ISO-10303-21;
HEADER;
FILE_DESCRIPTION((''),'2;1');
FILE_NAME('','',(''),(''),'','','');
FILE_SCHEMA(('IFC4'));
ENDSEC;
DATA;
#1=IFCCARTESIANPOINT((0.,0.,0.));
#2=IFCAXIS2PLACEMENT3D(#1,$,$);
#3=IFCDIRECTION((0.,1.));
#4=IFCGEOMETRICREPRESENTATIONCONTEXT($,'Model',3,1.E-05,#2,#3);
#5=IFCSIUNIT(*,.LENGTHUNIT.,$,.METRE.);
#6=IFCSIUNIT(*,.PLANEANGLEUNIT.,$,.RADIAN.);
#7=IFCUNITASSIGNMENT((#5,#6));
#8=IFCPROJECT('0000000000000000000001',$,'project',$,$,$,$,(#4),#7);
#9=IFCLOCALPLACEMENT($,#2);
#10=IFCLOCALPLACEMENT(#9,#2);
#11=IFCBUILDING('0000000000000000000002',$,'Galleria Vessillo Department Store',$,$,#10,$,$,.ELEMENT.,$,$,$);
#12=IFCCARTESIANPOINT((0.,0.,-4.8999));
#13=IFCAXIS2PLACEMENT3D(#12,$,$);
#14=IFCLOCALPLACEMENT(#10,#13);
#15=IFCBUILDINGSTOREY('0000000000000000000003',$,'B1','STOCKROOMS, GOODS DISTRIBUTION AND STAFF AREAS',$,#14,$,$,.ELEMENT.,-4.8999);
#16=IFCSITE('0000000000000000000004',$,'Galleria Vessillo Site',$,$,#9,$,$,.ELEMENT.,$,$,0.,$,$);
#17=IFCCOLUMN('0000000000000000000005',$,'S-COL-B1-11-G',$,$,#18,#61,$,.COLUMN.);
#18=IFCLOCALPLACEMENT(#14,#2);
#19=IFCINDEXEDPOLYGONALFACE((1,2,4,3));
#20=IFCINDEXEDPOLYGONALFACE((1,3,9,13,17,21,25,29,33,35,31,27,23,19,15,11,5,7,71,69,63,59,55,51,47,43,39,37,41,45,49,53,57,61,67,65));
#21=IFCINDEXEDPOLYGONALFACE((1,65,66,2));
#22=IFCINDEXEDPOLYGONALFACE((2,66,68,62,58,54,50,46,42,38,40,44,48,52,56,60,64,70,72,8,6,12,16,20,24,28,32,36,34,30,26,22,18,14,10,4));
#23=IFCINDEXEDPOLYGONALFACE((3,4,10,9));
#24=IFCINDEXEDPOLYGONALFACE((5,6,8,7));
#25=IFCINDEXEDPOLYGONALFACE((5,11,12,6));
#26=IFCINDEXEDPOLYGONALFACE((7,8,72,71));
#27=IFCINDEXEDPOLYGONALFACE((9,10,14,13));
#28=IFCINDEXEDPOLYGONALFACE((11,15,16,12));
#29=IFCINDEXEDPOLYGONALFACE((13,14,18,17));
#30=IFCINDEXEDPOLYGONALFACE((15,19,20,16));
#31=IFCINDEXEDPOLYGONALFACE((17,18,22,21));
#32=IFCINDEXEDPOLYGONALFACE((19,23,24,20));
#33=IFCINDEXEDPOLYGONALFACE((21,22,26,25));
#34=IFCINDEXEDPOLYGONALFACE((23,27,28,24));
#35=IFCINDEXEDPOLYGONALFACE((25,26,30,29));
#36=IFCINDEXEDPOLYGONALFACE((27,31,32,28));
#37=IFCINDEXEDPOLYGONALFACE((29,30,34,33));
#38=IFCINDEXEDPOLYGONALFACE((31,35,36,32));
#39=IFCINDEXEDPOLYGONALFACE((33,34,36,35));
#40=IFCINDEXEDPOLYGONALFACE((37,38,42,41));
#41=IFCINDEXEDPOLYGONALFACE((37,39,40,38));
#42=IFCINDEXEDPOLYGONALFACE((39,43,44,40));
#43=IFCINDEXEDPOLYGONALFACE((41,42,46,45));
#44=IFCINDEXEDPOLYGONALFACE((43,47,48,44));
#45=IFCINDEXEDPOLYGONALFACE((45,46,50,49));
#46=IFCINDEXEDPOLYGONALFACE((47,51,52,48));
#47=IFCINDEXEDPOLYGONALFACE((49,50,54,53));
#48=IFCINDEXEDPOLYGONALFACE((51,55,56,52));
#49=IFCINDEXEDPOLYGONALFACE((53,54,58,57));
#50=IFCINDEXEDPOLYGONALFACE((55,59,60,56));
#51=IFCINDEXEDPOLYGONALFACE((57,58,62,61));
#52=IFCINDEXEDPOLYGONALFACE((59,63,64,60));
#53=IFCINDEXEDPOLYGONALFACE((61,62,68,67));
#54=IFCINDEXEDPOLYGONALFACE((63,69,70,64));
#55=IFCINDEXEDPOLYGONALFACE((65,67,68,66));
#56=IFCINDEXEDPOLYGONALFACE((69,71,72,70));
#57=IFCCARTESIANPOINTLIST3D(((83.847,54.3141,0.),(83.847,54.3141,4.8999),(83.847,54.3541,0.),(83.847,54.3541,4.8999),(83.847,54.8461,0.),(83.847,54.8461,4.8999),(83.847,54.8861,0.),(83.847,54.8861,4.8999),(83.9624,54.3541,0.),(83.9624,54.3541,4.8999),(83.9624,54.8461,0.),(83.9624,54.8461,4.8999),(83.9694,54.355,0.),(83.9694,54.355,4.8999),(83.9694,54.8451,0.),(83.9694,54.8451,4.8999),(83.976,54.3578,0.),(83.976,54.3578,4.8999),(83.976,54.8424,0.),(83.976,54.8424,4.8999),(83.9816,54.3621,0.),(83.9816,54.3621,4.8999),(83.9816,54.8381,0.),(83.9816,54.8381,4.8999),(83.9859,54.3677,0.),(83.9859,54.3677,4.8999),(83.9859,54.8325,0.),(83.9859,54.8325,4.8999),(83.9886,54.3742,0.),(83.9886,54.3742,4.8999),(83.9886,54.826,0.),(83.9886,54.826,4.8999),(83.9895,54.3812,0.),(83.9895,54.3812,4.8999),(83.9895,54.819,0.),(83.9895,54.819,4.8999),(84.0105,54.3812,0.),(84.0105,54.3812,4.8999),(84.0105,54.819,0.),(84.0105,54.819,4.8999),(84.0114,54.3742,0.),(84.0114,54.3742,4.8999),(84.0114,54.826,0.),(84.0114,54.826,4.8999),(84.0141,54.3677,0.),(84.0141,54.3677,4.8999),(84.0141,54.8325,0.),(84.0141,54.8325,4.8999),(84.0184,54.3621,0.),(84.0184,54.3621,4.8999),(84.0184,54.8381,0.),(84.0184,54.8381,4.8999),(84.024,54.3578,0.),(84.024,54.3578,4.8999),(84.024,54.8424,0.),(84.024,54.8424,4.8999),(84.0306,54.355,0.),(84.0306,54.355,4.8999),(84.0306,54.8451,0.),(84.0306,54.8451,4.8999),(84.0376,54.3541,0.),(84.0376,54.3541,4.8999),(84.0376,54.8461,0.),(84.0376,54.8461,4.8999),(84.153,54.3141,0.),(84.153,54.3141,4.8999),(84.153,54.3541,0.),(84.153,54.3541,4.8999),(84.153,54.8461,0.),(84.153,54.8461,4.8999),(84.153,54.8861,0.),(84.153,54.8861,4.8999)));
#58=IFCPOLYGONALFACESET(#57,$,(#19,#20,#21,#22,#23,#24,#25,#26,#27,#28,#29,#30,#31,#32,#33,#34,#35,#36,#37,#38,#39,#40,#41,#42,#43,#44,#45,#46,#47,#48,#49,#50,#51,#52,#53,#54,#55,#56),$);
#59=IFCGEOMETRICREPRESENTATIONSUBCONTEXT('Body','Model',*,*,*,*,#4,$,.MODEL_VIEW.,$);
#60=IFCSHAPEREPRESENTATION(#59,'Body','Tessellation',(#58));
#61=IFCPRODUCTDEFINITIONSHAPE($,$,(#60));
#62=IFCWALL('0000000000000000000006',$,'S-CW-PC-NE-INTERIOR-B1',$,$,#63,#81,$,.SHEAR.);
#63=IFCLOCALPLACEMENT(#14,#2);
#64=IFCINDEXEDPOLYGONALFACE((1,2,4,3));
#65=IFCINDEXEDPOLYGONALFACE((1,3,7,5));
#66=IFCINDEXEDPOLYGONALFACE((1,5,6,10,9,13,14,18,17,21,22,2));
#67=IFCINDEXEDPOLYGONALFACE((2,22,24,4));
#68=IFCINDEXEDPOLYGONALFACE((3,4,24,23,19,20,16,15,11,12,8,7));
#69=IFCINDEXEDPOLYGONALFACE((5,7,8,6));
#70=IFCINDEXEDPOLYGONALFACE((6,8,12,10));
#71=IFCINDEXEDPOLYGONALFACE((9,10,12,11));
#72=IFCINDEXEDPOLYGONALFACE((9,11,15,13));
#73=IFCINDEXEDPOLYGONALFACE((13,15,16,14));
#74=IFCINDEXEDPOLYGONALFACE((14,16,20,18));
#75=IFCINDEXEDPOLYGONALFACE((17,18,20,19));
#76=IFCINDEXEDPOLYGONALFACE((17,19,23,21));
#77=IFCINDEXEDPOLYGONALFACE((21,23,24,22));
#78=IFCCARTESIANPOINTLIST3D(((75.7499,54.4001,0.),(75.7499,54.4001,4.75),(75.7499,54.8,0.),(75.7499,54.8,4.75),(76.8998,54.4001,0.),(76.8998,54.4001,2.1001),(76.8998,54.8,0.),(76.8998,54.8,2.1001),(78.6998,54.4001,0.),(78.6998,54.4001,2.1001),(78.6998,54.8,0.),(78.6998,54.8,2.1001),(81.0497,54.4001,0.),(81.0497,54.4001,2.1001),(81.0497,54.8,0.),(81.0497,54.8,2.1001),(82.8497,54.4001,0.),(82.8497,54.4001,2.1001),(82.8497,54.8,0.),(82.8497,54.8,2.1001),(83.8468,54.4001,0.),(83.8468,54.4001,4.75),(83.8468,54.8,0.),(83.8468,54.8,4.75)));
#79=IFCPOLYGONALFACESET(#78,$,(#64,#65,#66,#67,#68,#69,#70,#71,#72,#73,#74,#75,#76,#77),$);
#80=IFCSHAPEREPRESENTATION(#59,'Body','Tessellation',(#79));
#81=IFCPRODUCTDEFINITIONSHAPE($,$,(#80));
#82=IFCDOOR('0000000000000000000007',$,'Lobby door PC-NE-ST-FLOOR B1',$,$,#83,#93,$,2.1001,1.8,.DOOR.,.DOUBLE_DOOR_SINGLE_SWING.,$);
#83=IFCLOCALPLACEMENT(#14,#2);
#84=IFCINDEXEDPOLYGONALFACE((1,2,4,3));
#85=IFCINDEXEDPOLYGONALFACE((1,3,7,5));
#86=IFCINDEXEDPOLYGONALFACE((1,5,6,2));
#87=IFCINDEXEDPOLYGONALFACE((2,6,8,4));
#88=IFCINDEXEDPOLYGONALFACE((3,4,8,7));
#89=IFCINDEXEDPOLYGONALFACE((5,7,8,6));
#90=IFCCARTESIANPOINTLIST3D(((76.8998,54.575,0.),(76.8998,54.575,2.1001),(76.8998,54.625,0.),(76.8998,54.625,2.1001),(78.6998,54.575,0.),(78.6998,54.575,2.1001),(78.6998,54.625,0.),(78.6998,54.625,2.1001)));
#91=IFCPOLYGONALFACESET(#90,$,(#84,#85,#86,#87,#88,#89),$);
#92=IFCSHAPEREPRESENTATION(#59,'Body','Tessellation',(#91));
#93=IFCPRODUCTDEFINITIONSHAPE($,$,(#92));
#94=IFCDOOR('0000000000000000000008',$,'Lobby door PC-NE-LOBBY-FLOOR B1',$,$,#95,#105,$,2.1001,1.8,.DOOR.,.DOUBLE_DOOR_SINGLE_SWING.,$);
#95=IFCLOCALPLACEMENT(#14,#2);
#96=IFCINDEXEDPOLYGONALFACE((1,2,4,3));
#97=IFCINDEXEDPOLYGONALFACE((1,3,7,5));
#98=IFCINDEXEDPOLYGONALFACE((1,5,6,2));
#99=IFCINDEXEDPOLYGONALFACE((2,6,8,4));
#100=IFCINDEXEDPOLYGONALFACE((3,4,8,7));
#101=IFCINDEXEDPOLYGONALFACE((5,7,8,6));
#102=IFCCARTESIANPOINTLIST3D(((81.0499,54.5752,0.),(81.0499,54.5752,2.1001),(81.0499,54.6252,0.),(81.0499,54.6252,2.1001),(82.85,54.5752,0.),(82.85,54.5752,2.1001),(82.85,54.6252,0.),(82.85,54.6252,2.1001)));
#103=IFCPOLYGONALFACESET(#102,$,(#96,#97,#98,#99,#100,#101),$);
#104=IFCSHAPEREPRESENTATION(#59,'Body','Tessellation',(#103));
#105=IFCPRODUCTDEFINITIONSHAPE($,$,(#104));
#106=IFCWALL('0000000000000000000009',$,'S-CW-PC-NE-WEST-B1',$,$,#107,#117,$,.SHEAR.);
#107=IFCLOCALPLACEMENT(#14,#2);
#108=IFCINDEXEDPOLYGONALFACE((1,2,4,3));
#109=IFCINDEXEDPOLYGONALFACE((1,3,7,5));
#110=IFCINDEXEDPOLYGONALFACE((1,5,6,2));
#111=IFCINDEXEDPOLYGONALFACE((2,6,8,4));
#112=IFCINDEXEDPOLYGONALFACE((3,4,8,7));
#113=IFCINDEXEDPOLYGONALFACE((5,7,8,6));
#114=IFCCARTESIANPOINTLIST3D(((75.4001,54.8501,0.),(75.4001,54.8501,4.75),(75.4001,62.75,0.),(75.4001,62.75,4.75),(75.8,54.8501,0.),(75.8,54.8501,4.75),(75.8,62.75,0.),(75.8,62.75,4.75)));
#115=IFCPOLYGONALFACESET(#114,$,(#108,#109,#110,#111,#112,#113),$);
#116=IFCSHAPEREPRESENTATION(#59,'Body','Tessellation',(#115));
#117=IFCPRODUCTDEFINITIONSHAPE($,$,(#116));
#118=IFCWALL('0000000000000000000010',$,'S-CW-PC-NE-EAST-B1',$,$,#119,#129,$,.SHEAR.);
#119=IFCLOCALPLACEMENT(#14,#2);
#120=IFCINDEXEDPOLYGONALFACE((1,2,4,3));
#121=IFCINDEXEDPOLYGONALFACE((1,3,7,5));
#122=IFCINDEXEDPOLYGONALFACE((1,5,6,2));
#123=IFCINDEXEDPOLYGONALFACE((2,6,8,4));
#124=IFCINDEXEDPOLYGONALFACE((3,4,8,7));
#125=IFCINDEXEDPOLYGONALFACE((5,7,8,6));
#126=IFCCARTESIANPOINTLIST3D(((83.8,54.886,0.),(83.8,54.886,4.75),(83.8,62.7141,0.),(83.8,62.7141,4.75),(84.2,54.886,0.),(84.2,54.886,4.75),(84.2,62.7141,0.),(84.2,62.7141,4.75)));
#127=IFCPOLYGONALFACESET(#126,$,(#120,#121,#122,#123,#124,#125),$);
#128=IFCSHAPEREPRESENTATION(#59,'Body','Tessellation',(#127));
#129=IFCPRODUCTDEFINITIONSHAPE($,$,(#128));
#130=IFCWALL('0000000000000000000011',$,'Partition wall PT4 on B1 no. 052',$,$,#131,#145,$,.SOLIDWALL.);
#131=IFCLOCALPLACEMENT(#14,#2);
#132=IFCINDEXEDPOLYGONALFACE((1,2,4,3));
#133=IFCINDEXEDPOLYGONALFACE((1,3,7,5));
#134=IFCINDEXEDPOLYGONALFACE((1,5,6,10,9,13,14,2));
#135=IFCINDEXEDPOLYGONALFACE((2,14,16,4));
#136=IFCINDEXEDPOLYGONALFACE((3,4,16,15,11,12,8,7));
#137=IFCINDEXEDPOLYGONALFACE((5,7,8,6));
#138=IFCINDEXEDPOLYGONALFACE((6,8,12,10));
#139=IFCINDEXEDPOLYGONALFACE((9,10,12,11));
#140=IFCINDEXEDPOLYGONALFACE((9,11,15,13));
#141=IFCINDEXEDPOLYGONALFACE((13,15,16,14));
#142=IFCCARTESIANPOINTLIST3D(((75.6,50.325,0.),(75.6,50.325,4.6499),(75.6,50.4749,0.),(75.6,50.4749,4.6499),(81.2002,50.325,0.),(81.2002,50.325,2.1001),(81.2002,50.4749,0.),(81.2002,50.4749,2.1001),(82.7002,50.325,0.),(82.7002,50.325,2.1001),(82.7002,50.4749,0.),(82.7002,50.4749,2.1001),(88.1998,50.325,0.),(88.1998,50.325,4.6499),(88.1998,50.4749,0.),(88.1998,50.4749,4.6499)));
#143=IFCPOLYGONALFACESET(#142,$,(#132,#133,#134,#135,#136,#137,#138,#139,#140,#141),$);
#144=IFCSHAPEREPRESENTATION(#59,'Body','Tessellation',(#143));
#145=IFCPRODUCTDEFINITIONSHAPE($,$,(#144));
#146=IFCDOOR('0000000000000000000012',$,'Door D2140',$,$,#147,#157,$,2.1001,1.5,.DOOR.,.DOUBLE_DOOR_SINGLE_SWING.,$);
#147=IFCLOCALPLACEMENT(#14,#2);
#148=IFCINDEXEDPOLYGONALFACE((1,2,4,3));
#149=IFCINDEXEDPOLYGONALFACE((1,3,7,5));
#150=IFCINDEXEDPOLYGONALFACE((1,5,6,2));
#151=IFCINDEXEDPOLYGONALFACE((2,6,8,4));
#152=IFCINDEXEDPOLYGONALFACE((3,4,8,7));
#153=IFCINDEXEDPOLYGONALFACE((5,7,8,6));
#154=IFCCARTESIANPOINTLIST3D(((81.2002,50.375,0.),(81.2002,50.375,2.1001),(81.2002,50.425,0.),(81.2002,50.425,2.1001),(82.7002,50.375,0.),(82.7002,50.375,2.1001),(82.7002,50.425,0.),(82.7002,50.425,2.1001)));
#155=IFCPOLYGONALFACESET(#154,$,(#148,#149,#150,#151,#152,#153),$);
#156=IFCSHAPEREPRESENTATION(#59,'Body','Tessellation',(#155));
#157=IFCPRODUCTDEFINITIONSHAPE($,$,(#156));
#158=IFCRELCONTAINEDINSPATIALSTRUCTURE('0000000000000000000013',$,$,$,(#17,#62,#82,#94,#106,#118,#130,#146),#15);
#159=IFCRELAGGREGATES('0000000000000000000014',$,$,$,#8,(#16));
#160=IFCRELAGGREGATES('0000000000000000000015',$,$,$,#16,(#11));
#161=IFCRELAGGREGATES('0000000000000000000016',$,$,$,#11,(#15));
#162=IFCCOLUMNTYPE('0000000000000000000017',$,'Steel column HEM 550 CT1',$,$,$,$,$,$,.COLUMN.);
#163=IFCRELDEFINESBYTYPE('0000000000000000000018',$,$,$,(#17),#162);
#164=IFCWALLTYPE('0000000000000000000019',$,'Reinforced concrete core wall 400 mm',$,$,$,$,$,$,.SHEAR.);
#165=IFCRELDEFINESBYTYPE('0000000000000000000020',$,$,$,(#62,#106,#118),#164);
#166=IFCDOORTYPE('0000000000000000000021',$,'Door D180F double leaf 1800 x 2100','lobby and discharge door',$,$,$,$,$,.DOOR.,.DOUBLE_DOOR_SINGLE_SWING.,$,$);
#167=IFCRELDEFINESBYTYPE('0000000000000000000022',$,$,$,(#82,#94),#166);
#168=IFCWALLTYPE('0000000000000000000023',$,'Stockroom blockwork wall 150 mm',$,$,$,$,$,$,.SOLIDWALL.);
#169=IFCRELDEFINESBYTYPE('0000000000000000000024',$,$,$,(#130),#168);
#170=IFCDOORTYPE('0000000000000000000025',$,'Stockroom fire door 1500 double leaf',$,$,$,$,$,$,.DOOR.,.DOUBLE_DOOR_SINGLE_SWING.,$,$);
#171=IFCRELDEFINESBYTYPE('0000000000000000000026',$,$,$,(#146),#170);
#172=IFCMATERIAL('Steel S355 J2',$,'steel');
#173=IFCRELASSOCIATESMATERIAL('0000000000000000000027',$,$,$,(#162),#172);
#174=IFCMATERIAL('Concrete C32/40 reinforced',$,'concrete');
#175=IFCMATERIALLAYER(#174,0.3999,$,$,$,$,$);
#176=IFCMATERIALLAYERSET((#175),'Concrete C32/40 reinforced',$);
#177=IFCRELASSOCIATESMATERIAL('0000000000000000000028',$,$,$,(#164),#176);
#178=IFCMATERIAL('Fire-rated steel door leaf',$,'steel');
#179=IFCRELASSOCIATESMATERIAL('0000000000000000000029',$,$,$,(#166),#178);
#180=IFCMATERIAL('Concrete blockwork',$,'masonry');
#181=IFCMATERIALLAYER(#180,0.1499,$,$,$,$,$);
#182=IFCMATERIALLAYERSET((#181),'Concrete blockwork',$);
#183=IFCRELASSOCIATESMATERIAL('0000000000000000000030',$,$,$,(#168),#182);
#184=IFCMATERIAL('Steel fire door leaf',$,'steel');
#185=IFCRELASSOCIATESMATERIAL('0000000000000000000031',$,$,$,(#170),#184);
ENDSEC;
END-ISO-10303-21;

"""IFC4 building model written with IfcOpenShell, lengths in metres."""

from ifc_helpers import new_model, si_unit, direction, frame, frame_2d, origin, origin_2d, place, context, subcontext, project, spatial, rectangle, i_section, extrude, material, layer, layer_set, material_profile, profile_set, type_object, element, fill, save


model = new_model("IFC4")

# Units and contexts
model_context = context("Model", 3, precision=1e-05, world=origin(), true_north=direction((0.0, 1.0)))
body_context = subcontext(model_context, "Body", "Model", "MODEL_VIEW")
ifc_project = project(units=[si_unit("LENGTHUNIT", "METRE"), si_unit("PLANEANGLEUNIT", "RADIAN")], contexts=[model_context])

# Site, building, storey
site_placement = place(None, origin())
site = spatial("IfcSite", under=ifc_project, at=site_placement, Name="Galleria Vessillo Site", CompositionType="ELEMENT", RefElevation=0.0)
building_placement = place(site_placement, origin())
building = spatial("IfcBuilding", under=site, at=building_placement, Name="Galleria Vessillo Department Store", CompositionType="ELEMENT")
storey_placement = place(building_placement, frame((0.0, 0.0, -4.8999)))
storey = spatial("IfcBuildingStorey", under=building, at=storey_placement, Name="B1", Description="STOCKROOMS, GOODS DISTRIBUTION AND STAFF AREAS", CompositionType="ELEMENT", Elevation=-4.8999)

# Column
ifc_material_1 = material(Name="Steel S355 J2", Category="steel")
ifc_material_profile_1 = material_profile(ifc_material_1, i_section(OverallWidth=0.3059, OverallDepth=0.572, WebThickness=0.021, FlangeThickness=0.04, FilletRadius=0.0271, at=origin_2d()), Name="HEM 550")
ifc_profile_set_1 = profile_set([ifc_material_profile_1], Name="Steel S355 J2")
column_type_1 = type_object("IfcColumnType", Name="Steel column HEM 550 CT1", PredefinedType="COLUMN", material=ifc_profile_set_1)
for number, where, z_axis, x_axis, name in (
    (1, (84.0, 54.6001, 0.0), (0.0, 0.0, 1.0), (1.0, 0.0, 0.0), "S-COL-B1-11-G"),
):
    element("IfcColumn", number, at=place(storey_placement, frame(where, z_axis=z_axis, x_axis=x_axis)), inside=storey, type_object=column_type_1, Name=name, PredefinedType="COLUMN", context=body_context, shape_type="SweptSolid", body=[
        extrude(i_section(OverallWidth=0.3059, OverallDepth=0.572, WebThickness=0.021, FlangeThickness=0.04, FilletRadius=0.0271, at=origin_2d()), origin(), (0.0, 0.0, 1.0), 4.8999),
    ])

# Wall, openings, doors
ifc_material_2 = material(Name="Concrete C32/40 reinforced", Category="concrete")
ifc_layer_1 = layer(ifc_material_2, 0.3999)
ifc_layer_set_1 = layer_set([ifc_layer_1], Name="Concrete C32/40 reinforced")
wall_type_1 = type_object("IfcWallType", Name="Reinforced concrete core wall 400 mm", PredefinedType="SHEAR", material=ifc_layer_set_1)
wall_1_placement = place(storey_placement, frame((75.75, 54.6001, 0.0), z_axis=(0.0, 0.0, 1.0), x_axis=(1.0, 0.0, 0.0)))
wall_1 = element("IfcWall", 2, at=wall_1_placement, inside=storey, type_object=wall_type_1, Name="S-CW-PC-NE-INTERIOR-B1", PredefinedType="SHEAR", context=body_context, shape_type="SweptSolid", body=[
    extrude(rectangle(XDim=8.0969, YDim=0.3999, at=frame_2d((4.0483, 0.0))), origin(), (0.0, 0.0, 1.0), 4.75),
])
opening_1_placement = place(wall_1_placement, frame((1.1499, 0.0, 0.0)))
opening_1 = element("IfcOpeningElement", 3, at=opening_1_placement, cuts=wall_1, PredefinedType="OPENING", context=body_context, shape_type="SweptSolid", body=[
    extrude(rectangle(XDim=1.8, YDim=2.1001, at=frame_2d((0.8999, 1.05))), frame((0.0, 0.21, 0.0), z_axis=(0.0, -1.0, 0.0), x_axis=(1.0, 0.0, 0.0)), (0.0, 0.0, 1.0), 0.4199),
])
opening_2_placement = place(wall_1_placement, frame((5.2998, 0.0, 0.0)))
opening_2 = element("IfcOpeningElement", 4, at=opening_2_placement, cuts=wall_1, PredefinedType="OPENING", context=body_context, shape_type="SweptSolid", body=[
    extrude(rectangle(XDim=1.8, YDim=2.1001, at=frame_2d((0.8999, 1.05))), frame((0.0, 0.21, 0.0), z_axis=(0.0, -1.0, 0.0), x_axis=(1.0, 0.0, 0.0)), (0.0, 0.0, 1.0), 0.4199),
])
ifc_material_3 = material(Name="Fire-rated steel door leaf", Category="steel")
door_type_1 = type_object("IfcDoorType", Name="Door D180F double leaf 1800 x 2100", Description="lobby and discharge door", OperationType="DOUBLE_DOOR_SINGLE_SWING", PredefinedType="DOOR", material=ifc_material_3)
door_1_placement = place(opening_1_placement, origin())
door_1 = element("IfcDoor", 5, at=door_1_placement, inside=storey, type_object=door_type_1, Name="Lobby door PC-NE-ST-FLOOR B1", OperationType="DOUBLE_DOOR_SINGLE_SWING", OverallHeight=2.1001, OverallWidth=1.8, PredefinedType="DOOR", context=body_context, shape_type="SweptSolid", body=[
    extrude(rectangle(XDim=1.8, YDim=2.1001, at=frame_2d((0.8999, 1.05))), frame((0.0, 0.0249, 0.0), z_axis=(0.0, -1.0, 0.0), x_axis=(1.0, 0.0, 0.0)), (0.0, 0.0, 1.0), 0.05),
])
fill(opening_1, door_1)
door_2_placement = place(opening_2_placement, frame((1.8, 0.0, 0.0), z_axis=(0.0, 0.0, 1.0), x_axis=(-1.0, 0.0, 0.0)))
door_2 = element("IfcDoor", 6, at=door_2_placement, inside=storey, type_object=door_type_1, Name="Lobby door PC-NE-LOBBY-FLOOR B1", OperationType="DOUBLE_DOOR_SINGLE_SWING", OverallHeight=2.1001, OverallWidth=1.8, PredefinedType="DOOR", context=body_context, shape_type="SweptSolid", body=[
    extrude(rectangle(XDim=1.8, YDim=2.1001, at=frame_2d((0.8999, 1.05))), frame((0.0, 0.0249, 0.0), z_axis=(0.0, -1.0, 0.0), x_axis=(1.0, 0.0, 0.0)), (0.0, 0.0, 1.0), 0.05),
])
fill(opening_2, door_2)

# Walls
wall_2_placement = place(storey_placement, frame((75.6001, 54.8501, 0.0), z_axis=(0.0, 0.0, 1.0), x_axis=(0.0, 1.0, 0.0)))
element("IfcWall", 7, at=wall_2_placement, inside=storey, type_object=wall_type_1, Name="S-CW-PC-NE-WEST-B1", PredefinedType="SHEAR", context=body_context, shape_type="SweptSolid", body=[
    extrude(rectangle(XDim=7.8999, YDim=0.3999, at=frame_2d((3.95, 0.0))), origin(), (0.0, 0.0, 1.0), 4.75),
])
wall_3_placement = place(storey_placement, frame((84.0, 54.886, 0.0), z_axis=(0.0, 0.0, 1.0), x_axis=(0.0, 1.0, 0.0)))
element("IfcWall", 8, at=wall_3_placement, inside=storey, type_object=wall_type_1, Name="S-CW-PC-NE-EAST-B1", PredefinedType="SHEAR", context=body_context, shape_type="SweptSolid", body=[
    extrude(rectangle(XDim=7.8281, YDim=0.3999, at=frame_2d((3.9141, 0.0))), origin(), (0.0, 0.0, 1.0), 4.75),
])

# Wall, opening, door
ifc_material_4 = material(Name="Concrete blockwork", Category="masonry")
ifc_layer_2 = layer(ifc_material_4, 0.1499)
ifc_layer_set_2 = layer_set([ifc_layer_2], Name="Concrete blockwork")
wall_type_2 = type_object("IfcWallType", Name="Stockroom blockwork wall 150 mm", PredefinedType="SOLIDWALL", material=ifc_layer_set_2)
wall_4_placement = place(storey_placement, frame((75.6001, 50.3999, 0.0), z_axis=(0.0, 0.0, 1.0), x_axis=(1.0, 0.0, 0.0)))
wall_4 = element("IfcWall", 9, at=wall_4_placement, inside=storey, type_object=wall_type_2, Name="Partition wall PT4 on B1 no. 052", PredefinedType="SOLIDWALL", context=body_context, shape_type="SweptSolid", body=[
    extrude(rectangle(XDim=12.5999, YDim=0.1499, at=frame_2d((6.2998, 0.0))), origin(), (0.0, 0.0, 1.0), 4.6499),
])
opening_3_placement = place(wall_4_placement, frame((5.6001, 0.0, 0.0)))
opening_3 = element("IfcOpeningElement", 10, at=opening_3_placement, cuts=wall_4, PredefinedType="OPENING", context=body_context, shape_type="SweptSolid", body=[
    extrude(rectangle(XDim=1.5, YDim=2.1001, at=frame_2d((0.75, 1.05))), frame((0.0, 0.085, 0.0), z_axis=(0.0, -1.0, 0.0), x_axis=(1.0, 0.0, 0.0)), (0.0, 0.0, 1.0), 0.1699),
])
ifc_material_5 = material(Name="Steel fire door leaf", Category="steel")
door_type_2 = type_object("IfcDoorType", Name="Stockroom fire door 1500 double leaf", OperationType="DOUBLE_DOOR_SINGLE_SWING", PredefinedType="DOOR", material=ifc_material_5)
door_3_placement = place(opening_3_placement, frame((1.5, 0.0, 0.0), z_axis=(0.0, 0.0, 1.0), x_axis=(-1.0, 0.0, 0.0)))
door_3 = element("IfcDoor", 11, at=door_3_placement, inside=storey, type_object=door_type_2, Name="Door D2140", OperationType="DOUBLE_DOOR_SINGLE_SWING", OverallHeight=2.1001, OverallWidth=1.5, PredefinedType="DOOR", context=body_context, shape_type="SweptSolid", body=[
    extrude(rectangle(XDim=1.5, YDim=2.1001, at=frame_2d((0.75, 1.05))), frame((0.0, 0.0249, 0.0), z_axis=(0.0, -1.0, 0.0), x_axis=(1.0, 0.0, 0.0)), (0.0, 0.0, 1.0), 0.05),
])
fill(opening_3, door_3)

save(model, "model.ifc")
